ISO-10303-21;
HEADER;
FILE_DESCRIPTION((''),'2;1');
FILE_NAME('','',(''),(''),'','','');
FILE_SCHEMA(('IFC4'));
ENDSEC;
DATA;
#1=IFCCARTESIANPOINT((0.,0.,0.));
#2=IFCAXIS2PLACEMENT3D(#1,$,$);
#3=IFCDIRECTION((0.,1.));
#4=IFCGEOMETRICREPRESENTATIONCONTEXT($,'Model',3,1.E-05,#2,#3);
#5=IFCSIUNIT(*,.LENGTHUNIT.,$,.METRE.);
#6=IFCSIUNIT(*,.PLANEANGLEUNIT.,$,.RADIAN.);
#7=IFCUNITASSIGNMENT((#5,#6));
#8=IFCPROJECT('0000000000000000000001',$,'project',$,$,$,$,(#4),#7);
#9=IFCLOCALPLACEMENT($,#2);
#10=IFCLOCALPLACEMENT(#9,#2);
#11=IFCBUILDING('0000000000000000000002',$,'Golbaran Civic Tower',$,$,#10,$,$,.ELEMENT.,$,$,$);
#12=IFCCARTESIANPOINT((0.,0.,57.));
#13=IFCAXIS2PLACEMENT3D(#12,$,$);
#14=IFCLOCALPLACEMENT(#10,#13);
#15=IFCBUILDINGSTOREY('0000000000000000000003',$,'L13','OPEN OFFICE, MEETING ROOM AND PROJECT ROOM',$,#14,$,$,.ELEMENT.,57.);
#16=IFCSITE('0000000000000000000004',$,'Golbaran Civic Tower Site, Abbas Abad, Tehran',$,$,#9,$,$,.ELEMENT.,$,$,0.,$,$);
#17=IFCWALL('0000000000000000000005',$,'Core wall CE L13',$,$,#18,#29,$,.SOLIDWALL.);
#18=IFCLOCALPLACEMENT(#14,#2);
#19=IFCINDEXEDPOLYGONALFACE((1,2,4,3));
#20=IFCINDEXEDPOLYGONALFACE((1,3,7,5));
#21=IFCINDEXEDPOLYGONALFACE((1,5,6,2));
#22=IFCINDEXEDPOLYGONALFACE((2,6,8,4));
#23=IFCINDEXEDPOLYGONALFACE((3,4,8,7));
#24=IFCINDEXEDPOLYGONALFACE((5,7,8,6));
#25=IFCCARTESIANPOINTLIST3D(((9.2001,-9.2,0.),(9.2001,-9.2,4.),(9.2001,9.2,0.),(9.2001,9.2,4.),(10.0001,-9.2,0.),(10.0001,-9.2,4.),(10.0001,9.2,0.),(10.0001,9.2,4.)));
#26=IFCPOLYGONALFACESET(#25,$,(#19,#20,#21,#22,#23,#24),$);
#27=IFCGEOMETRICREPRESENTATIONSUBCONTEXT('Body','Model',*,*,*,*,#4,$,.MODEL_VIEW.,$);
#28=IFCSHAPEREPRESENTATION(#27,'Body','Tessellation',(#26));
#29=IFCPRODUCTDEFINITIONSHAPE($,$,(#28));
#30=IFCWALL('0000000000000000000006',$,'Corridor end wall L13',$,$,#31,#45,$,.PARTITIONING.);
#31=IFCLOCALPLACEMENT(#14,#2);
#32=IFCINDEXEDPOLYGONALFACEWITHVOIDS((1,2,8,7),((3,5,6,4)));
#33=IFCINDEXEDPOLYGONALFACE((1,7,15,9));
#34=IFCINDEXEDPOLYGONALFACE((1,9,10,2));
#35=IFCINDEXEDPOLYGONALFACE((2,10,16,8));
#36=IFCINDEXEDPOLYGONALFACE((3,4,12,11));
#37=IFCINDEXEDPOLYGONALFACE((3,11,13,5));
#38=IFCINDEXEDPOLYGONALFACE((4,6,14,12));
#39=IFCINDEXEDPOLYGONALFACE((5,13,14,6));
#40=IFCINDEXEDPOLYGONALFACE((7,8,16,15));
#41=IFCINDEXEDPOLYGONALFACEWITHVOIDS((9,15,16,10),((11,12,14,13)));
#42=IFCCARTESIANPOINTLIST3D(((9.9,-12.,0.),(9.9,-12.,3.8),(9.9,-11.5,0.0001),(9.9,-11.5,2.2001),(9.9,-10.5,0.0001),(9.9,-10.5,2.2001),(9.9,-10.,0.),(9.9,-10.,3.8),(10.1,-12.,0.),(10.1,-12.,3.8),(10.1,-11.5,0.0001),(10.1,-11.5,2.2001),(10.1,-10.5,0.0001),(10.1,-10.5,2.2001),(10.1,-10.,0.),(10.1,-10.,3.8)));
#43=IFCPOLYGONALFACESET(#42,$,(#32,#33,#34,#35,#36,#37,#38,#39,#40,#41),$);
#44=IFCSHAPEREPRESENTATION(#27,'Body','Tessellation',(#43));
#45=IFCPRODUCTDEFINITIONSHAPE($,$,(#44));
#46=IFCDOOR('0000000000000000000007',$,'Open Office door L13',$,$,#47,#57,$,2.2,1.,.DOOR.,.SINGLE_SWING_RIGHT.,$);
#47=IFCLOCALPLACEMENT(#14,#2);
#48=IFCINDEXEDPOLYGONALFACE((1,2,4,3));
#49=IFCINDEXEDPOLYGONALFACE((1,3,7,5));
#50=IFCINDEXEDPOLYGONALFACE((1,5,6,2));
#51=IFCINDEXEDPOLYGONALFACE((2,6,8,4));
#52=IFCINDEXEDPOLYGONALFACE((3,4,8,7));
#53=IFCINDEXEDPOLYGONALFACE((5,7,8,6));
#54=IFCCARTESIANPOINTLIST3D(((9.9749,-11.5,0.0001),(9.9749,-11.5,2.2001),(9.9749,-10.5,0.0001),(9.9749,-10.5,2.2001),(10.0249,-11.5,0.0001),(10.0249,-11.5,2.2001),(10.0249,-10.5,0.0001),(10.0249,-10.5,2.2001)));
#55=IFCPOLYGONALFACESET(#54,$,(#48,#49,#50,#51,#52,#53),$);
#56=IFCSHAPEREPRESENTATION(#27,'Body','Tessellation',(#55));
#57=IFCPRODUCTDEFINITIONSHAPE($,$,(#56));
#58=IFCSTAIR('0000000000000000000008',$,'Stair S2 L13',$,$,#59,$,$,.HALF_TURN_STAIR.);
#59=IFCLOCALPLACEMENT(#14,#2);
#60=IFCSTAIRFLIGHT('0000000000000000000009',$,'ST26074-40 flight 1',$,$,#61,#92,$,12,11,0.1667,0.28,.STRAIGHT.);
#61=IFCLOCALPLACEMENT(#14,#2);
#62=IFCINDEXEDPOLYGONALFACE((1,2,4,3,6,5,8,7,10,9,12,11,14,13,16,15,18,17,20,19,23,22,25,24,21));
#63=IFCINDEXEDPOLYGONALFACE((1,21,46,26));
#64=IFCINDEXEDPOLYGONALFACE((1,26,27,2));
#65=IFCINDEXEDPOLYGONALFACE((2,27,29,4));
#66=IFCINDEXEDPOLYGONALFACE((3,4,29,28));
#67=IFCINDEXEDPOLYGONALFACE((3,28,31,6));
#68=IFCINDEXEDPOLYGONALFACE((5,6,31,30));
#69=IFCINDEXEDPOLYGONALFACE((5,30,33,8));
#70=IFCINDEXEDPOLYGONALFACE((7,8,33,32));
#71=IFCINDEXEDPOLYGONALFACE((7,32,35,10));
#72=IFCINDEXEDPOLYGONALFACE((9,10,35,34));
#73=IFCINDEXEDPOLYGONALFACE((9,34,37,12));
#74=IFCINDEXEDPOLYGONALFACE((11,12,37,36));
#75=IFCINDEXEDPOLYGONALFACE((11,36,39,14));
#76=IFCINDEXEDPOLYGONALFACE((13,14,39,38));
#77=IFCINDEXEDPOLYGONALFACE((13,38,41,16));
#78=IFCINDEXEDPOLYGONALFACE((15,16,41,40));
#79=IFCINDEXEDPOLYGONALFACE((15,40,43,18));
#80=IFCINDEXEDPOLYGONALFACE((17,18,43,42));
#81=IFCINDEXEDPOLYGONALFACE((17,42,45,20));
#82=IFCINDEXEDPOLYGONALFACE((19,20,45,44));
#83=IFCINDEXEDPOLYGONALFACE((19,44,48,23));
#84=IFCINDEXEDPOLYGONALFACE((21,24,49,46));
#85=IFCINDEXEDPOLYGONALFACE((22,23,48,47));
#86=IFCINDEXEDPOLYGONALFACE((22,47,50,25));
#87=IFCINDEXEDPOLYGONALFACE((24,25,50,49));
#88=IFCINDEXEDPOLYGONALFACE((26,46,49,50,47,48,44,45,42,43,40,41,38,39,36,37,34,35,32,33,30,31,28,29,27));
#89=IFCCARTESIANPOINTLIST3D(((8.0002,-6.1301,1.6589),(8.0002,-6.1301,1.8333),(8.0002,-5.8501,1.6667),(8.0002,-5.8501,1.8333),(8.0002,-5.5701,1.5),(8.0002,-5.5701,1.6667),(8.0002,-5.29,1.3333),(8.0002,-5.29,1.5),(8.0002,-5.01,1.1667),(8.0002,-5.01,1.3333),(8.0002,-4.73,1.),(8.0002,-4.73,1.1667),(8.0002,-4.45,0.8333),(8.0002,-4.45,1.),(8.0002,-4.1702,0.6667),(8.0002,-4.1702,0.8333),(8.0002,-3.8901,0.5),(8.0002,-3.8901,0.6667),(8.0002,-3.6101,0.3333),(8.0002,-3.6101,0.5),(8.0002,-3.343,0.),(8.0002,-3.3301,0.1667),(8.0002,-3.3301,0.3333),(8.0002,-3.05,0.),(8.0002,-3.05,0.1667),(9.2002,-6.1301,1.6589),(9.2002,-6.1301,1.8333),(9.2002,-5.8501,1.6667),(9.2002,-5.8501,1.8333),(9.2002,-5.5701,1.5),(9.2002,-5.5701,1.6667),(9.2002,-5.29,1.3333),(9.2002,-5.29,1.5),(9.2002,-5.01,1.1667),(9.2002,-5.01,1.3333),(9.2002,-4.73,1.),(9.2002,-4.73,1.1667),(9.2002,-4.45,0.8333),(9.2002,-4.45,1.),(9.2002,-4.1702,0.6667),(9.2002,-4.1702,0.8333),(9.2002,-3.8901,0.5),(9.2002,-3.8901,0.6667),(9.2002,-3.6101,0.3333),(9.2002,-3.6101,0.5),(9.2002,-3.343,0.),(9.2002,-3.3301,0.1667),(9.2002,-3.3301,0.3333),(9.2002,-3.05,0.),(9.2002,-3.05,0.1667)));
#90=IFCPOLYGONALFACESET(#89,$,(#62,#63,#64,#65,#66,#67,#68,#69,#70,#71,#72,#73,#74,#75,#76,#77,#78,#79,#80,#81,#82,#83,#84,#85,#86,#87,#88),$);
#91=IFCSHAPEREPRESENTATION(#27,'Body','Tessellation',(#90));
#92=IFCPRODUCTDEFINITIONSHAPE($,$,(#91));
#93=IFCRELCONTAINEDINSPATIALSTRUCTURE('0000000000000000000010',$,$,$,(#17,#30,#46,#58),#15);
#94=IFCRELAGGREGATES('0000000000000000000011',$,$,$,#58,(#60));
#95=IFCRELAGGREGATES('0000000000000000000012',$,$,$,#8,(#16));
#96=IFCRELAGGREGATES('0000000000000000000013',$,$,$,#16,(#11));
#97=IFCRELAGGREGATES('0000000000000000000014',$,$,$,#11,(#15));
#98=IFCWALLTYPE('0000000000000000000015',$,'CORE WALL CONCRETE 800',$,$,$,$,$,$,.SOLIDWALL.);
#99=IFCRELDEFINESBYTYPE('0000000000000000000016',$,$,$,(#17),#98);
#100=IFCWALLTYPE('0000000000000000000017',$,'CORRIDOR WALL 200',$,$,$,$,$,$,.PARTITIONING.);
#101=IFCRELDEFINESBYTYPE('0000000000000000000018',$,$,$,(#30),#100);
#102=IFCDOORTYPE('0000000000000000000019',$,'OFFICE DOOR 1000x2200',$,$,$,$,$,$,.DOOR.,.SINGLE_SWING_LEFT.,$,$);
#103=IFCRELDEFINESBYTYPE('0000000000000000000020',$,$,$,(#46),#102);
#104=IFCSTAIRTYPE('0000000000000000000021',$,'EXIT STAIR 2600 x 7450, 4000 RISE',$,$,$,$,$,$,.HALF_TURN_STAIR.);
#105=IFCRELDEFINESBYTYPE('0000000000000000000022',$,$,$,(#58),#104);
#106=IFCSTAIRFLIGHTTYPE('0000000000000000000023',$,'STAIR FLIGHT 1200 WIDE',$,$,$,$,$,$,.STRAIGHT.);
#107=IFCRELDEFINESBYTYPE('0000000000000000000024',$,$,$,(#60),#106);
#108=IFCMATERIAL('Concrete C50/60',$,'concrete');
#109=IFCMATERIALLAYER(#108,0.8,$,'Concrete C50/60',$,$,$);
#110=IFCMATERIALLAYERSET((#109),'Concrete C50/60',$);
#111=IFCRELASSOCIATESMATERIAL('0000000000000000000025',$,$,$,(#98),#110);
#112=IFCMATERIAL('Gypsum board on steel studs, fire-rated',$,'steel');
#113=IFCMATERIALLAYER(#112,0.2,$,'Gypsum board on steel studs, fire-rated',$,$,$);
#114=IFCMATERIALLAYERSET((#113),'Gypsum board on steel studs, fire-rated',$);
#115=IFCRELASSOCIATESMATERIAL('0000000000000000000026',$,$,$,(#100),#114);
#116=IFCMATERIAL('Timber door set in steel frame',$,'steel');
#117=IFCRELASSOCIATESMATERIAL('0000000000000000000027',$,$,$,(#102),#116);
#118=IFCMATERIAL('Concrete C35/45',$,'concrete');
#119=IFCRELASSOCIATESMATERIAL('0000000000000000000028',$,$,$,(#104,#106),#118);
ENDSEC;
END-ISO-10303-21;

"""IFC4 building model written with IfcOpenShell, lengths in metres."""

from ifc_helpers import new_model, si_unit, direction, frame, frame_2d, origin, place, context, subcontext, project, spatial, polyline, rectangle, outline, extrude, material, layer, layer_set, type_object, element, fill, aggregate, save


model = new_model("IFC4")

# Units and contexts
model_context = context("Model", 3, precision=1e-05, world=origin(), true_north=direction((0.0, 1.0)))
body_context = subcontext(model_context, "Body", "Model", "MODEL_VIEW")
ifc_project = project(units=[si_unit("LENGTHUNIT", "METRE"), si_unit("PLANEANGLEUNIT", "RADIAN")], contexts=[model_context])

# Site, building, storey
site_placement = place(None, origin())
site = spatial("IfcSite", under=ifc_project, at=site_placement, Name="Golbaran Civic Tower Site, Abbas Abad, Tehran", CompositionType="ELEMENT", RefElevation=0.0)
building_placement = place(site_placement, origin())
building = spatial("IfcBuilding", under=site, at=building_placement, Name="Golbaran Civic Tower", CompositionType="ELEMENT")
storey_placement = place(building_placement, frame((0.0, 0.0, 57.0)))
storey = spatial("IfcBuildingStorey", under=building, at=storey_placement, Name="L13", Description="OPEN OFFICE, MEETING ROOM AND PROJECT ROOM", CompositionType="ELEMENT", Elevation=57.0)

# Shared definitions
ifc_material_1 = material(Name="Concrete C50/60", Category="concrete")
ifc_layer_1 = layer(ifc_material_1, 0.8, Name="Concrete C50/60")
ifc_layer_set_1 = layer_set([ifc_layer_1], Name="Concrete C50/60")
wall_type_1 = type_object("IfcWallType", Name="CORE WALL CONCRETE 800", PredefinedType="SOLIDWALL", material=ifc_layer_set_1)
ifc_material_2 = material(Name="Timber door set in steel frame", Category="steel")

# Wall
wall_1_placement = place(storey_placement, frame((9.6001, -9.2, 0.0), z_axis=(0.0, 0.0, 1.0), x_axis=(0.0, 1.0, 0.0)))
element("IfcWall", 1, at=wall_1_placement, inside=storey, type_object=wall_type_1, Name="Core wall CE L13", PredefinedType="SOLIDWALL", context=body_context, shape_type="SweptSolid", body=[
    extrude(rectangle(XDim=18.3999, YDim=0.8, at=frame_2d((9.2, 0.0))), origin(), (0.0, 0.0, 1.0), 4.0),
])

# Wall, opening, door
ifc_material_3 = material(Name="Gypsum board on steel studs, fire-rated", Category="steel")
ifc_layer_2 = layer(ifc_material_3, 0.2, Name="Gypsum board on steel studs, fire-rated")
ifc_layer_set_2 = layer_set([ifc_layer_2], Name="Gypsum board on steel studs, fire-rated")
wall_type_2 = type_object("IfcWallType", Name="CORRIDOR WALL 200", PredefinedType="PARTITIONING", material=ifc_layer_set_2)
wall_2_placement = place(storey_placement, frame((10.0, -10.0, 0.0), z_axis=(0.0, 0.0, 1.0), x_axis=(0.0, -1.0, 0.0)))
wall_2 = element("IfcWall", 2, at=wall_2_placement, inside=storey, type_object=wall_type_2, Name="Corridor end wall L13", PredefinedType="PARTITIONING", context=body_context, shape_type="SweptSolid", body=[
    extrude(rectangle(XDim=2.0, YDim=0.2, at=frame_2d((1.0, 0.0))), origin(), (0.0, 0.0, 1.0), 3.8),
])
opening_1_placement = place(wall_2_placement, frame((0.5, 0.0, 0.0)))
opening_1 = element("IfcOpeningElement", 3, at=opening_1_placement, cuts=wall_2, PredefinedType="OPENING", context=body_context, shape_type="SweptSolid", body=[
    extrude(rectangle(XDim=1.0, YDim=2.2, at=frame_2d((0.5, 1.1001))), frame((0.0, 0.1099, 0.0), z_axis=(0.0, -1.0, 0.0), x_axis=(1.0, 0.0, 0.0)), (0.0, 0.0, 1.0), 0.22),
])
door_type_1 = type_object("IfcDoorType", Name="OFFICE DOOR 1000x2200", OperationType="SINGLE_SWING_LEFT", PredefinedType="DOOR", material=ifc_material_2)
door_1_placement = place(opening_1_placement, origin())
door_1 = element("IfcDoor", 4, at=door_1_placement, inside=storey, type_object=door_type_1, Name="Open Office door L13", OperationType="SINGLE_SWING_RIGHT", OverallHeight=2.2, OverallWidth=1.0, PredefinedType="DOOR", context=body_context, shape_type="SweptSolid", body=[
    extrude(rectangle(XDim=1.0, YDim=2.2, at=frame_2d((0.5, 1.1001))), frame((0.0, 0.0249, 0.0), z_axis=(0.0, -1.0, 0.0), x_axis=(1.0, 0.0, 0.0)), (0.0, 0.0, 1.0), 0.05),
])
fill(opening_1, door_1)

# Stair, stair flight
ifc_material_4 = material(Name="Concrete C35/45", Category="concrete")
stair_type = type_object("IfcStairType", Name="EXIT STAIR 2600 x 7450, 4000 RISE", PredefinedType="HALF_TURN_STAIR", material=ifc_material_4)
stair_placement = place(storey_placement, origin())
stair = element("IfcStair", 5, at=stair_placement, inside=storey, type_object=stair_type, Name="Stair S2 L13", PredefinedType="HALF_TURN_STAIR")
stair_flight_type = type_object("IfcStairFlightType", Name="STAIR FLIGHT 1200 WIDE", PredefinedType="STRAIGHT", material=ifc_material_4)
stair_flight_placement = place(storey_placement, frame((8.6001, -3.05, 0.0), z_axis=(0.0, 0.0, 1.0), x_axis=(0.0, -1.0, 0.0)))
stair_flight = element("IfcStairFlight", 6, at=stair_flight_placement, type_object=stair_flight_type, Name="ST26074-40 flight 1", NumberOfRisers=12, NumberOfTreads=11, PredefinedType="STRAIGHT", RiserHeight=0.1667, TreadLength=0.28, context=body_context, shape_type="SweptSolid", body=[
    extrude(outline(polyline([(0.0, 0.0), (0.0, 0.1667), (0.28, 0.1667), (0.28, 0.3333), (0.5601, 0.3333), (0.5601, 0.5), (0.8401, 0.5), (0.8401, 0.6667), (1.1201, 0.6667), (1.1201, 0.8333), (1.3999, 0.8333), (1.3999, 1.0), (1.6799, 1.0), (1.6799, 1.1667), (1.96, 1.1667), (1.96, 1.3333), (2.24, 1.3333), (2.24, 1.5), (2.52, 1.5), (2.52, 1.6667), (2.8, 1.6667), (2.8, 1.8333), (3.0801, 1.8333), (3.0801, 2.0), (3.0801, 1.6589), (0.293, 0.0), (0.0, 0.0)])), frame((0.0, 0.6001, 0.0), z_axis=(0.0, -1.0, 0.0), x_axis=(1.0, 0.0, 0.0)), (0.0, 0.0, 1.0), 1.2),
])
aggregate(stair, [stair_flight])

save(model, "model.ifc")
